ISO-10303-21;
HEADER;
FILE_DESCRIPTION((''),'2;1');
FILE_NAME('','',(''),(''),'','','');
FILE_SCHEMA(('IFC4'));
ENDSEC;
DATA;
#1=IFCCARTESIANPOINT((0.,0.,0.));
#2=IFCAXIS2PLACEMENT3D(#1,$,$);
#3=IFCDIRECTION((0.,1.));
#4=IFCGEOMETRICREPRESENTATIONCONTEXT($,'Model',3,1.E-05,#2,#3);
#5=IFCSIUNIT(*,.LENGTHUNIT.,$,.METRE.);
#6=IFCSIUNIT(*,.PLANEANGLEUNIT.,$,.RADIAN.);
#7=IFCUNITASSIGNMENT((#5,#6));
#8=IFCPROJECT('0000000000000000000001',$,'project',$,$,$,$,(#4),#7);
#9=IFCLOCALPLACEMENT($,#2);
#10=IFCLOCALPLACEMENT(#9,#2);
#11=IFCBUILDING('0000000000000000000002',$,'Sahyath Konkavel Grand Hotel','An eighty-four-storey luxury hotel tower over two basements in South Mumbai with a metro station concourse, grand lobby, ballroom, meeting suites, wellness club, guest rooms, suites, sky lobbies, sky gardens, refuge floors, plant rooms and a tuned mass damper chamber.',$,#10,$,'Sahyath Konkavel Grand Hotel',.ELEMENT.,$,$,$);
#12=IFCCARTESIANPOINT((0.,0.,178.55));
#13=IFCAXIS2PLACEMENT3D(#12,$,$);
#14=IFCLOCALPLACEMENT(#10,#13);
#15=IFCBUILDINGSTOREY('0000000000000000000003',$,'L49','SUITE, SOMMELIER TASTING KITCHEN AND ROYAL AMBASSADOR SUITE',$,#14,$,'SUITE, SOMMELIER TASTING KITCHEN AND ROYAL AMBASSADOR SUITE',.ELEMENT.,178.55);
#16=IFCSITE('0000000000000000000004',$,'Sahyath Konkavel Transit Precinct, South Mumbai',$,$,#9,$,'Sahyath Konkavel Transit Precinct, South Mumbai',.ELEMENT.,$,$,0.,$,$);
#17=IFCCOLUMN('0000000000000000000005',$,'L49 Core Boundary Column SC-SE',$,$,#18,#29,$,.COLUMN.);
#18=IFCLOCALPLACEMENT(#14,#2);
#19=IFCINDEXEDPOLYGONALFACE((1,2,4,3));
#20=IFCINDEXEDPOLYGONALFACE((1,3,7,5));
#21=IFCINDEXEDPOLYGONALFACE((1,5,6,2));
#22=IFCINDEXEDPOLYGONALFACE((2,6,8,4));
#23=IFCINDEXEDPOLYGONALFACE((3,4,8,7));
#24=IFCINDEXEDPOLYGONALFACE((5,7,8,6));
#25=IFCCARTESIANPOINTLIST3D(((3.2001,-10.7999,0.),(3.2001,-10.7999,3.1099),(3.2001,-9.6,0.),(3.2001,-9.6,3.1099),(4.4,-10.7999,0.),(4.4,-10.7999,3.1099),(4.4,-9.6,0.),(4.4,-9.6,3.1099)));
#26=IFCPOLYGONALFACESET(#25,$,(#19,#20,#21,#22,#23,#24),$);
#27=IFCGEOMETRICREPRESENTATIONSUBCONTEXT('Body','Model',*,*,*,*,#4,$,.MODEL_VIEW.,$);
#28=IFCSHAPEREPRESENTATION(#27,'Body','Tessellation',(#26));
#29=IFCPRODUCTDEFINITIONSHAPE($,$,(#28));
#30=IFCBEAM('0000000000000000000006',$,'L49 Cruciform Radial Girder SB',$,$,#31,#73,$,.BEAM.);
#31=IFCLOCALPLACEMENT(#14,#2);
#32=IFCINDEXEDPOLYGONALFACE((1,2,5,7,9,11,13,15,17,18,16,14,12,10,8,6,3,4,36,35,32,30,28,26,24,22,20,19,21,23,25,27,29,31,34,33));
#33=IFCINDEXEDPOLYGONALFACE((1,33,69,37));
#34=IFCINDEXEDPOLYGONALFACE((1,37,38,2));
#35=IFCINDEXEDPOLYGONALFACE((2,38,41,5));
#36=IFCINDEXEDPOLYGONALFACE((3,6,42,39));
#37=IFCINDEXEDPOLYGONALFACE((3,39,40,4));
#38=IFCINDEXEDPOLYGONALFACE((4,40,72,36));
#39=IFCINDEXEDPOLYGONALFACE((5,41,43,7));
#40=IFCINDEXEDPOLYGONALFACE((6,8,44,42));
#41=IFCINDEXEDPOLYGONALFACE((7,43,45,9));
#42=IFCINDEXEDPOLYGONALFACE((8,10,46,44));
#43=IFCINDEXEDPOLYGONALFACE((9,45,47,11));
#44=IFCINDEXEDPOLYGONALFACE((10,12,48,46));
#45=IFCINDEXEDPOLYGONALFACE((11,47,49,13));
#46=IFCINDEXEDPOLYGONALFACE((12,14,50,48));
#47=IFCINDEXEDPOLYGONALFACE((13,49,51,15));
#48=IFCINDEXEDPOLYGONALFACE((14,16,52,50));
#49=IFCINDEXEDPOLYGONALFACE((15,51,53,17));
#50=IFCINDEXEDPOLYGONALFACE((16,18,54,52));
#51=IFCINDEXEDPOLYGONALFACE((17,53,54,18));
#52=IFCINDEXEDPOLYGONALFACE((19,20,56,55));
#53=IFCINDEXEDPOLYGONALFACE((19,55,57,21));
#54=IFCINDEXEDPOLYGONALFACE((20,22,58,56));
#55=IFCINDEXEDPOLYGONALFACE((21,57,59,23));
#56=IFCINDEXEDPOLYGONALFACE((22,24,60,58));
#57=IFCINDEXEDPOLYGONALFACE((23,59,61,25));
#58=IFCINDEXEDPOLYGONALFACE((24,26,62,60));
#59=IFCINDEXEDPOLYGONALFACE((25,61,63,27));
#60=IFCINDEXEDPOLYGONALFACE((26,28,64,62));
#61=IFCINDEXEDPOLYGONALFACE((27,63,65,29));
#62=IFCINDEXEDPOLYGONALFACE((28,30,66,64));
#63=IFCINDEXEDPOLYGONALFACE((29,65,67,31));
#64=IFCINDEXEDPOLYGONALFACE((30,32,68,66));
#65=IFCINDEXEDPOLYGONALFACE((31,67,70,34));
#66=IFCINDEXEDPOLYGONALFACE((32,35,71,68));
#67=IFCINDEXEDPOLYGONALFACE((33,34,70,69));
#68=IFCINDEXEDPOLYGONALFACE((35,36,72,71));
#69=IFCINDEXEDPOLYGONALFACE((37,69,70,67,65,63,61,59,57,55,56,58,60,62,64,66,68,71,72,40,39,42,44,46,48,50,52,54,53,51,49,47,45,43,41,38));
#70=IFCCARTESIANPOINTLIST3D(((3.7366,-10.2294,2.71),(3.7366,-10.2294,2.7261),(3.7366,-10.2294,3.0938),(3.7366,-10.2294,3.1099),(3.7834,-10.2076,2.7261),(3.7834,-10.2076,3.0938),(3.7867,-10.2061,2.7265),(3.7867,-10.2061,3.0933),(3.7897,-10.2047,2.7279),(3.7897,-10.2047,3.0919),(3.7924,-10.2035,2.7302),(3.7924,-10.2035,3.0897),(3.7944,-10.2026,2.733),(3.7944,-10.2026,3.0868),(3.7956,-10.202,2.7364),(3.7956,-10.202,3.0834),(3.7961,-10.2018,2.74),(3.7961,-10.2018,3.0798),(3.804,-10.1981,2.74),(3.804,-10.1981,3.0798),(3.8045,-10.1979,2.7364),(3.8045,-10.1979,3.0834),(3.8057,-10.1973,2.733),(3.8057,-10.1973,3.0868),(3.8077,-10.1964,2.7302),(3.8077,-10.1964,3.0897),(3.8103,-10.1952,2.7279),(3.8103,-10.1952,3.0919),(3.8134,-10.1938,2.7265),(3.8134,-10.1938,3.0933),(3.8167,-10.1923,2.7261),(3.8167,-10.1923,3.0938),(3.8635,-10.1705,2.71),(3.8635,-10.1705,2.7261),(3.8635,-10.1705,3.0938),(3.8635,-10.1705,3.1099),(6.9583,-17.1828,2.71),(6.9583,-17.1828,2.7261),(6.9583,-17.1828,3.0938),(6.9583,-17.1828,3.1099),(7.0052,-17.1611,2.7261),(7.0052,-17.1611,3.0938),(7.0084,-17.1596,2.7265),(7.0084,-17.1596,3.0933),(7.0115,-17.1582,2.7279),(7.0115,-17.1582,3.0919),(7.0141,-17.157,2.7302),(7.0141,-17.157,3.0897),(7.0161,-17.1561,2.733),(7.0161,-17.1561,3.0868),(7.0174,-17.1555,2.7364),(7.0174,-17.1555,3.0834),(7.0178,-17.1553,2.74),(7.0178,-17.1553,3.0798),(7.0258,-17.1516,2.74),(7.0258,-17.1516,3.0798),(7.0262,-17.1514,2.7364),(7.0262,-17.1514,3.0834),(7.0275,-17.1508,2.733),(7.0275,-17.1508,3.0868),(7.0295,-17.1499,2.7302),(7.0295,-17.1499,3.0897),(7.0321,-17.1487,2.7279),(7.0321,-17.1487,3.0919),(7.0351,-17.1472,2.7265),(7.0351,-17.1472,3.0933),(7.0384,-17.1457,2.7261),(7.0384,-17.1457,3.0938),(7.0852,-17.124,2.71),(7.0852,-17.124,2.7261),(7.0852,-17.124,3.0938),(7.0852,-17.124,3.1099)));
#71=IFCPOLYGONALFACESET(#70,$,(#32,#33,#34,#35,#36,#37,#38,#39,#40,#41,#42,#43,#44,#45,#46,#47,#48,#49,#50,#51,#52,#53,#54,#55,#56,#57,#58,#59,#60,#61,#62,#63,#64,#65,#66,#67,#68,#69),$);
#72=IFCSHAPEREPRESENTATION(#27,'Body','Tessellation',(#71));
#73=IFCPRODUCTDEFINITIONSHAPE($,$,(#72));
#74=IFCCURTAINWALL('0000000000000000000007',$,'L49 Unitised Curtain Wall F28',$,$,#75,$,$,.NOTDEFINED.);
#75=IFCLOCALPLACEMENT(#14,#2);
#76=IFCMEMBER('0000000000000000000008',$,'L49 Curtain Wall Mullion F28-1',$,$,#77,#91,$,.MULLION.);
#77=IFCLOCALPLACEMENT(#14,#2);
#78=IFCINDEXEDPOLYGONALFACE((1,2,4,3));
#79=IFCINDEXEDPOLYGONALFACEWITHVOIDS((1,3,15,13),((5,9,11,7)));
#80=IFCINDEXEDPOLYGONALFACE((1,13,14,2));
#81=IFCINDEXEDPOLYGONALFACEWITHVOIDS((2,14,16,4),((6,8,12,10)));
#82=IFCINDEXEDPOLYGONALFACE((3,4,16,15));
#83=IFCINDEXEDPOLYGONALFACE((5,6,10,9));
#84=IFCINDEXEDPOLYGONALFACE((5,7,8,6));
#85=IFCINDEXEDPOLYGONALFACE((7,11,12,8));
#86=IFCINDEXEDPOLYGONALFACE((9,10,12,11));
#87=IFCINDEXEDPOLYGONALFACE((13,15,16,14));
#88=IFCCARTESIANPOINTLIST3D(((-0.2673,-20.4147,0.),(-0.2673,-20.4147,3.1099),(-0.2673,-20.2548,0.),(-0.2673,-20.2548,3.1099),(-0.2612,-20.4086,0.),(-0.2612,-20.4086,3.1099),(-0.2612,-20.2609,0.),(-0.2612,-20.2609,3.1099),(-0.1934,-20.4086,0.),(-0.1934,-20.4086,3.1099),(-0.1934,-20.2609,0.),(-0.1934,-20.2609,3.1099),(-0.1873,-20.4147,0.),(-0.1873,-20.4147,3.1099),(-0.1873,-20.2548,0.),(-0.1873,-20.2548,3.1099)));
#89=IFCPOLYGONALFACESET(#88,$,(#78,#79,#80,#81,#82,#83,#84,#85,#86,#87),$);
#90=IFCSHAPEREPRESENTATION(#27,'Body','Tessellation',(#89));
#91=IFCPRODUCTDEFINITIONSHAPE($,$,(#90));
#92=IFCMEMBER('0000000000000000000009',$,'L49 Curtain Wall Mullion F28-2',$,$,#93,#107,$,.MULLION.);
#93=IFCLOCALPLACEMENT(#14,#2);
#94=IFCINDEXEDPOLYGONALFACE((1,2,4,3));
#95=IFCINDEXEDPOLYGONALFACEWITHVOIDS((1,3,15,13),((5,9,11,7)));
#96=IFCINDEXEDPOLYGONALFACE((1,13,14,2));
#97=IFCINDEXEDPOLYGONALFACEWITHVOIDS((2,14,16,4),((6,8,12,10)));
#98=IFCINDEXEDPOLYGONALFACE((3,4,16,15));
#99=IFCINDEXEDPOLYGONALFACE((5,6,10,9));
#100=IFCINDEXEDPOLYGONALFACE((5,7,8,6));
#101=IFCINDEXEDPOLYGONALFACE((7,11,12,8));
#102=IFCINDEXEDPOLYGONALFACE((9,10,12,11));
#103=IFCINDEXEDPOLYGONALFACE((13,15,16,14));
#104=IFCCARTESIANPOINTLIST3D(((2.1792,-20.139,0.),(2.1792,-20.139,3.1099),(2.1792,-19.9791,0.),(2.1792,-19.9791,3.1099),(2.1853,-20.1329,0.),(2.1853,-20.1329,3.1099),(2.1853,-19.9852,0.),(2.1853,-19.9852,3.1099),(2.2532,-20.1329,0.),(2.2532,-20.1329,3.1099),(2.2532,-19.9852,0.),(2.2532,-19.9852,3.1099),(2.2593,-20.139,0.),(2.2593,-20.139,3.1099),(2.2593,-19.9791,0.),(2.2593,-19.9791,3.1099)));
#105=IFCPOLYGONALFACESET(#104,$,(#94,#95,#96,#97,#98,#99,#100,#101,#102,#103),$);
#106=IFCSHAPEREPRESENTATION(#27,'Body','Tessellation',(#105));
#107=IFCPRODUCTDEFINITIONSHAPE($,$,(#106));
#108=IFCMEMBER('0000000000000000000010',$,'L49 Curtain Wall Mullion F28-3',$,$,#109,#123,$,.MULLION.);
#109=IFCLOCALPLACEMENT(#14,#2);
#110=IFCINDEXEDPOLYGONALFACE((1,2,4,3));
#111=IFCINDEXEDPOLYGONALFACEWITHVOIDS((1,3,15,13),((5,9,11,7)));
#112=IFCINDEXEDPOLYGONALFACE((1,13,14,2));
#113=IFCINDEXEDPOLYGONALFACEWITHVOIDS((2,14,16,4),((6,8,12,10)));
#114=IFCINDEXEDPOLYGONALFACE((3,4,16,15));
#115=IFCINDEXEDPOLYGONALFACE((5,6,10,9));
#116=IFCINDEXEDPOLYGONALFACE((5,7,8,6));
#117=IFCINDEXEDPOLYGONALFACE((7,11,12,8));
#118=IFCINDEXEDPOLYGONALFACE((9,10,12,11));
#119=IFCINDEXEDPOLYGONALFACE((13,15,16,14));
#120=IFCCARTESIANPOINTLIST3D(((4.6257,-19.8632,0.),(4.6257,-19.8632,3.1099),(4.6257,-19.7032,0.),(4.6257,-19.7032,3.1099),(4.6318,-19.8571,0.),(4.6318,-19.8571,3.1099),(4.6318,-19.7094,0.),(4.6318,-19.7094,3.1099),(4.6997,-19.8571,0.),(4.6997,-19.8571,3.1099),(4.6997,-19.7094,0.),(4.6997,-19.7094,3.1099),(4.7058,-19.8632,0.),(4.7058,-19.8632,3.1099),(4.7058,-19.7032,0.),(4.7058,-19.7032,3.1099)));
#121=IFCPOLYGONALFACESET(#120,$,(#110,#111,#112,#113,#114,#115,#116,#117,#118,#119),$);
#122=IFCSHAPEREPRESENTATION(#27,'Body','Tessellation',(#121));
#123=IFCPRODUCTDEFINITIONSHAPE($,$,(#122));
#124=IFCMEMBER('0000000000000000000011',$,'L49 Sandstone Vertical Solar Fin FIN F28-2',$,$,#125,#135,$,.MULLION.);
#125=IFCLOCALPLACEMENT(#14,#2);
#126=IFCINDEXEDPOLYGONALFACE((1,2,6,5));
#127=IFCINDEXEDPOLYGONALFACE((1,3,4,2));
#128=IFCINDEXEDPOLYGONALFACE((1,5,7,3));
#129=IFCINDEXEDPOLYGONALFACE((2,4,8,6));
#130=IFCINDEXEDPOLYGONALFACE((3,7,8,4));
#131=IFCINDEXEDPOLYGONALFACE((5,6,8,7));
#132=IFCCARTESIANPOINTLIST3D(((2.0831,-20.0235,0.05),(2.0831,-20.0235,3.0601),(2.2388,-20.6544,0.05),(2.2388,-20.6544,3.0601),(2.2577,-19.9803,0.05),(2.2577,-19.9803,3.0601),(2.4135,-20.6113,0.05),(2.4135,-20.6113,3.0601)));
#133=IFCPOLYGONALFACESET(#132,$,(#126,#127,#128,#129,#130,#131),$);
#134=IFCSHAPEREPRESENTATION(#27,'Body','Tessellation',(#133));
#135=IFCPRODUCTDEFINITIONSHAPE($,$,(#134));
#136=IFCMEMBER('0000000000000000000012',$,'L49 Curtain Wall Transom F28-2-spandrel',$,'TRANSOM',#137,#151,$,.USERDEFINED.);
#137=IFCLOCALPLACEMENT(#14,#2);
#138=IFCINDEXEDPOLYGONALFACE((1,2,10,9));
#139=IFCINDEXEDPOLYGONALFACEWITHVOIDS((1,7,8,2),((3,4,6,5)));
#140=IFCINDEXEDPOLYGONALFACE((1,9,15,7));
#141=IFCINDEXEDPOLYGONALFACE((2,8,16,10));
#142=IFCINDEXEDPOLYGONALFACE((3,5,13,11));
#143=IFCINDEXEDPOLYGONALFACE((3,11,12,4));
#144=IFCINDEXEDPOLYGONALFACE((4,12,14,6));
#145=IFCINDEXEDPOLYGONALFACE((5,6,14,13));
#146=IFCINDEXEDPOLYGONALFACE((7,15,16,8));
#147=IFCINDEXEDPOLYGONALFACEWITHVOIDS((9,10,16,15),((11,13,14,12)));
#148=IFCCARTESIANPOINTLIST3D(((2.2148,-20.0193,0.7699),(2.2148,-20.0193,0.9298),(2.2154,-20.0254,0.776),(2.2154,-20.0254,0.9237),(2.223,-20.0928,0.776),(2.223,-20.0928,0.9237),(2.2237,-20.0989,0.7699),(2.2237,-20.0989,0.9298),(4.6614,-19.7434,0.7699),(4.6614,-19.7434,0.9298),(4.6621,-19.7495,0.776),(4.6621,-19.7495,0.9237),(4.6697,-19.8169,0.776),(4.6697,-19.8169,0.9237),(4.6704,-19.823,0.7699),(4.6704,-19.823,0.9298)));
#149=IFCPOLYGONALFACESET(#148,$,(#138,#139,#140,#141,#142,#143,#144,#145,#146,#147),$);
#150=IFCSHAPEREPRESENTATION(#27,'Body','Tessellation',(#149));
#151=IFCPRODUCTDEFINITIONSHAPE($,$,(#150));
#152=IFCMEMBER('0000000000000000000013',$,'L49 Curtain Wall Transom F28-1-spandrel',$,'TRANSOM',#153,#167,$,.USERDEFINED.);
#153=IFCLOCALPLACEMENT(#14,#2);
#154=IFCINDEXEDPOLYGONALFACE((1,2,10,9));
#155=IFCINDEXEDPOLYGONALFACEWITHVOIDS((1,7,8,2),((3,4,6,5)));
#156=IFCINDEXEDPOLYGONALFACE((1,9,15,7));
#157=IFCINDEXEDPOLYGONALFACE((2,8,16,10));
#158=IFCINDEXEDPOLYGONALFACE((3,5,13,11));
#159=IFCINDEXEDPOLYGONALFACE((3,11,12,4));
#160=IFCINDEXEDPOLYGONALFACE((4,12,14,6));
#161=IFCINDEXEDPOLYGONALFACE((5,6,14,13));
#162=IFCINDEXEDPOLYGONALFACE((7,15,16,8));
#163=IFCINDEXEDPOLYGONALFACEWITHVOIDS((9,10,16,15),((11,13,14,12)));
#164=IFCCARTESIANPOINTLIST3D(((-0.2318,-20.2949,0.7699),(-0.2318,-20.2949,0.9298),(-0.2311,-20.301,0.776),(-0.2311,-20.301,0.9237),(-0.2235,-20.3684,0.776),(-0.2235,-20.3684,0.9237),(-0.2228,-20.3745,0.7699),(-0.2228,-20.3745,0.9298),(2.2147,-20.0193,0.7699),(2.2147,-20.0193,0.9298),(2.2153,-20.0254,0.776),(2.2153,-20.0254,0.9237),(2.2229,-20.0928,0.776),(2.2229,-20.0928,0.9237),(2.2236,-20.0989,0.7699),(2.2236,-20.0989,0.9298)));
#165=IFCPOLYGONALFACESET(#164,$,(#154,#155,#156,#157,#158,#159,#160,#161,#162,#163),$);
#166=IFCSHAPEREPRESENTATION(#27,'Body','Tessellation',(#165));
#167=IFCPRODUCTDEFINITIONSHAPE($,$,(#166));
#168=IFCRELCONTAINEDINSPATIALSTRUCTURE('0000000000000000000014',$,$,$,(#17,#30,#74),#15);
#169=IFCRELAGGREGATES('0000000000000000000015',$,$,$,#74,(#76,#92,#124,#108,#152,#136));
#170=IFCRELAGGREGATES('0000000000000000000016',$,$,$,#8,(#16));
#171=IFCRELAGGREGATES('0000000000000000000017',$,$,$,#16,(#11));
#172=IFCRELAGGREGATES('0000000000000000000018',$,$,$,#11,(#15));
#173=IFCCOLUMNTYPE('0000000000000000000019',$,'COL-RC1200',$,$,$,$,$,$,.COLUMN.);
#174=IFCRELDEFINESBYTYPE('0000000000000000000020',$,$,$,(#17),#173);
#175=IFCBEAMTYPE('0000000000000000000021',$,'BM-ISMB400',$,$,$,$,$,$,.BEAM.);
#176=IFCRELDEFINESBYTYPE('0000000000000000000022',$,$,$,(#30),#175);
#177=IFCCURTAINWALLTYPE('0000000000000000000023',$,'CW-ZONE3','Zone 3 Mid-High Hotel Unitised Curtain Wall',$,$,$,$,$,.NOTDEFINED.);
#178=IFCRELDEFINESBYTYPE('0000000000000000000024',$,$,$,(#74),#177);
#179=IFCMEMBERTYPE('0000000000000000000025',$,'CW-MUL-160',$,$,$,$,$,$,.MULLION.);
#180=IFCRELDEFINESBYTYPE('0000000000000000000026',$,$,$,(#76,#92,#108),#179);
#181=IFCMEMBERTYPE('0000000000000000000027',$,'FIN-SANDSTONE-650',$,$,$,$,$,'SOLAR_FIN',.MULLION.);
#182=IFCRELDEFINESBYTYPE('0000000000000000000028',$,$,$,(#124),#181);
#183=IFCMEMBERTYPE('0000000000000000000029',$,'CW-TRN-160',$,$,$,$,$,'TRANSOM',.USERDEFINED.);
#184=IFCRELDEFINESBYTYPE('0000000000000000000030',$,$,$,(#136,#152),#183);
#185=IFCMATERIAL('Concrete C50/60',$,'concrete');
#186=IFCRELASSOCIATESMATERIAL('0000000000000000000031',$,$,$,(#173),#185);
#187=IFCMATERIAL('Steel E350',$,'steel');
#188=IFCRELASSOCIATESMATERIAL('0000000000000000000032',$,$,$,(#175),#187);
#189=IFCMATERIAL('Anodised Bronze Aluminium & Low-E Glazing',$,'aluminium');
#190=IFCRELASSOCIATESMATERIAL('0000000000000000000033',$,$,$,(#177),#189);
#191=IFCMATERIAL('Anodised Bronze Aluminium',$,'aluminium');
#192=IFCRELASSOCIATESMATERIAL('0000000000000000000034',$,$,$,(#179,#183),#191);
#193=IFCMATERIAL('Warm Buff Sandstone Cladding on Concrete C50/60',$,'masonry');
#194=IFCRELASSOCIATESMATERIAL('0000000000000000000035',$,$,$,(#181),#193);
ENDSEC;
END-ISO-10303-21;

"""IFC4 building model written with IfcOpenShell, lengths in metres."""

from ifc_helpers import new_model, si_unit, direction, frame, origin, origin_2d, place, context, subcontext, project, spatial, rectangle, hollow_rectangle, i_section, extrude, source, transform, mapped, material, material_profile, profile_set, type_object, element, aggregate, save


model = new_model("IFC4")

# Units and contexts
model_context = context("Model", 3, precision=1e-05, world=origin(), true_north=direction((0.0, 1.0)))
body_context = subcontext(model_context, "Body", "Model", "MODEL_VIEW")
ifc_project = project(units=[si_unit("LENGTHUNIT", "METRE"), si_unit("PLANEANGLEUNIT", "RADIAN")], contexts=[model_context])

# Site, building, storey
site_placement = place(None, origin())
site = spatial("IfcSite", under=ifc_project, at=site_placement, Name="Sahyath Konkavel Transit Precinct, South Mumbai", LongName="Sahyath Konkavel Transit Precinct, South Mumbai", CompositionType="ELEMENT", RefElevation=0.0)
building_placement = place(site_placement, origin())
building = spatial("IfcBuilding", under=site, at=building_placement, Name="Sahyath Konkavel Grand Hotel", Description="An eighty-four-storey luxury hotel tower over two basements in South Mumbai with a metro station concourse, grand lobby, ballroom, meeting suites, wellness club, guest rooms, suites, sky lobbies, sky gardens, refuge floors, plant rooms and a tuned mass damper chamber.", LongName="Sahyath Konkavel Grand Hotel", CompositionType="ELEMENT")
storey_placement = place(building_placement, frame((0.0, 0.0, 178.55)))
storey = spatial("IfcBuildingStorey", under=building, at=storey_placement, Name="L49", Description="SUITE, SOMMELIER TASTING KITCHEN AND ROYAL AMBASSADOR SUITE", LongName="SUITE, SOMMELIER TASTING KITCHEN AND ROYAL AMBASSADOR SUITE", CompositionType="ELEMENT", Elevation=178.55)

# Column
ifc_material_1 = material(Name="Concrete C50/60", Category="concrete")
ifc_material_profile_1 = material_profile(ifc_material_1, rectangle(XDim=1.2, YDim=1.2, at=origin_2d()), Name="RC 1200x1200")
ifc_profile_set_1 = profile_set([ifc_material_profile_1], Name="Concrete C50/60")
column_type = type_object("IfcColumnType", Name="COL-RC1200", PredefinedType="COLUMN", material=ifc_profile_set_1)
shared_shape_1 = source(origin(), body_context, "Body", "SweptSolid", [
    extrude(rectangle(XDim=1.2, YDim=1.2, at=origin_2d()), origin(), (0.0, 0.0, 1.0), 3.1099),
])
column_placement = place(storey_placement, frame((3.8, -10.2, 0.0), z_axis=(0.0, 0.0, 1.0), x_axis=(1.0, 0.0, 0.0)))
element("IfcColumn", 1, at=column_placement, inside=storey, type_object=column_type, Name="L49 Core Boundary Column SC-SE", PredefinedType="COLUMN", context=body_context, shape_type="MappedRepresentation", body=[
    mapped(shared_shape_1, transform((0.0, 0.0, 0.0), scale=1.0)),
])

# Beam
ifc_material_2 = material(Name="Steel E350", Category="steel")
ifc_material_profile_2 = material_profile(ifc_material_2, i_section(OverallWidth=0.1399, OverallDepth=0.3999, WebThickness=0.0088, FlangeThickness=0.0161, FilletRadius=0.0139, at=origin_2d()), Name="ISMB 400")
ifc_profile_set_2 = profile_set([ifc_material_profile_2], Name="Steel E350")
beam_type_1 = type_object("IfcBeamType", Name="BM-ISMB400", PredefinedType="BEAM", material=ifc_profile_set_2)
shared_shape_2 = source(origin(), body_context, "Body", "SweptSolid", [
    extrude(i_section(OverallWidth=0.1399, OverallDepth=0.3999, WebThickness=0.0088, FlangeThickness=0.0161, FilletRadius=0.0139, at=origin_2d()), origin(), (0.0, 0.0, 1.0), 7.6636),
])
beam_1_placement = place(storey_placement, frame((3.8, -10.2, 2.9099), z_axis=(0.420395, -0.907341, 0.0), x_axis=(0.907341, 0.420395, 0.0)))
element("IfcBeam", 2, at=beam_1_placement, inside=storey, type_object=beam_type_1, Name="L49 Cruciform Radial Girder SB", PredefinedType="BEAM", context=body_context, shape_type="MappedRepresentation", body=[
    mapped(shared_shape_2, transform((0.0, 0.0, 0.0), scale=1.0)),
])

# Curtain wall, members
ifc_material_3 = material(Name="Anodised Bronze Aluminium & Low-E Glazing", Category="aluminium")
curtain_wall_type = type_object("IfcCurtainWallType", Name="CW-ZONE3", Description="Zone 3 Mid-High Hotel Unitised Curtain Wall", PredefinedType="NOTDEFINED", material=ifc_material_3)
curtain_wall_placement = place(storey_placement, origin())
curtain_wall = element("IfcCurtainWall", 3, at=curtain_wall_placement, inside=storey, type_object=curtain_wall_type, Name="L49 Unitised Curtain Wall F28", PredefinedType="NOTDEFINED")
ifc_material_4 = material(Name="Anodised Bronze Aluminium", Category="aluminium")
ifc_material_profile_3 = material_profile(ifc_material_4, hollow_rectangle(XDim=0.0801, YDim=0.1599, WallThickness=0.0061, at=origin_2d()), Name="RHS 160x80x6")
ifc_profile_set_3 = profile_set([ifc_material_profile_3], Name="Anodised Bronze Aluminium")
member_type_1 = type_object("IfcMemberType", Name="CW-MUL-160", PredefinedType="MULLION", material=ifc_profile_set_3)
shared_shape_3 = source(origin(), body_context, "Body", "SweptSolid", [
    extrude(hollow_rectangle(XDim=0.0801, YDim=0.1599, WallThickness=0.0061, at=origin_2d()), origin(), (0.0, 0.0, 1.0), 3.1099),
])
member_1_placement = place(storey_placement, frame((-0.2273, -20.3347, 0.0), z_axis=(0.0, 0.0, 1.0), x_axis=(1.0, 0.0, 0.0)))
member_1 = element("IfcMember", 4, at=member_1_placement, type_object=member_type_1, Name="L49 Curtain Wall Mullion F28-1", PredefinedType="MULLION", context=body_context, shape_type="MappedRepresentation", body=[
    mapped(shared_shape_3, transform((0.0, 0.0, 0.0), scale=1.0)),
])
member_2_placement = place(storey_placement, frame((2.2192, -20.0591, 0.0), z_axis=(0.0, 0.0, 1.0), x_axis=(1.0, 0.0, 0.0)))
member_2 = element("IfcMember", 5, at=member_2_placement, type_object=member_type_1, Name="L49 Curtain Wall Mullion F28-2", PredefinedType="MULLION", context=body_context, shape_type="MappedRepresentation", body=[
    mapped(shared_shape_3, transform((0.0, 0.0, 0.0), scale=1.0)),
])
member_3_placement = place(storey_placement, frame((4.6658, -19.7832, 0.0), z_axis=(0.0, 0.0, 1.0), x_axis=(1.0, 0.0, 0.0)))
member_3 = element("IfcMember", 6, at=member_3_placement, type_object=member_type_1, Name="L49 Curtain Wall Mullion F28-3", PredefinedType="MULLION", context=body_context, shape_type="MappedRepresentation", body=[
    mapped(shared_shape_3, transform((0.0, 0.0, 0.0), scale=1.0)),
])
ifc_material_5 = material(Name="Warm Buff Sandstone Cladding on Concrete C50/60", Category="masonry")
ifc_material_profile_4 = material_profile(ifc_material_5, rectangle(XDim=0.1799, YDim=0.6499, at=origin_2d()), Name="FIN 180x650")
ifc_profile_set_4 = profile_set([ifc_material_profile_4], Name="Warm Buff Sandstone Cladding on Concrete C50/60")
member_type_2 = type_object("IfcMemberType", Name="FIN-SANDSTONE-650", ElementType="SOLAR_FIN", PredefinedType="MULLION", material=ifc_profile_set_4)
shared_shape_4 = source(origin(), body_context, "Body", "SweptSolid", [
    extrude(rectangle(XDim=0.1799, YDim=0.6499, at=origin_2d()), origin(), (0.0, 0.0, 1.0), 3.01),
])
member_4_placement = place(storey_placement, frame((2.2483, -20.3174, 0.05), z_axis=(0.0, 0.0, 1.0), x_axis=(0.970842, 0.23972, 0.0)))
member_4 = element("IfcMember", 7, at=member_4_placement, type_object=member_type_2, Name="L49 Sandstone Vertical Solar Fin FIN F28-2", PredefinedType="MULLION", context=body_context, shape_type="MappedRepresentation", body=[
    mapped(shared_shape_4, transform((0.0, 0.0, 0.0), scale=1.0)),
])
ifc_material_profile_5 = material_profile(ifc_material_4, hollow_rectangle(XDim=0.0801, YDim=0.1599, WallThickness=0.0061, at=origin_2d()), Name="RHS 160x80x6")
ifc_profile_set_5 = profile_set([ifc_material_profile_5], Name="Anodised Bronze Aluminium")
member_type_3 = type_object("IfcMemberType", Name="CW-TRN-160", ElementType="TRANSOM", PredefinedType="USERDEFINED", material=ifc_profile_set_5)
shared_shape_5 = source(origin(), body_context, "Body", "SweptSolid", [
    extrude(hollow_rectangle(XDim=0.0801, YDim=0.1599, WallThickness=0.0061, at=origin_2d()), origin(), (0.0, 0.0, 1.0), 2.4622),
])
member_5_placement = place(storey_placement, frame((2.2192, -20.0591, 0.8499), z_axis=(0.993702, 0.112053, 0.0), x_axis=(-0.112053, 0.993702, 0.0)))
member_5 = element("IfcMember", 8, at=member_5_placement, type_object=member_type_3, Name="L49 Curtain Wall Transom F28-2-spandrel", ObjectType="TRANSOM", PredefinedType="USERDEFINED", context=body_context, shape_type="MappedRepresentation", body=[
    mapped(shared_shape_5, transform((0.0, 0.0, 0.0), scale=1.0)),
])
shared_shape_6 = source(origin(), body_context, "Body", "SweptSolid", [
    extrude(hollow_rectangle(XDim=0.0801, YDim=0.1599, WallThickness=0.0061, at=origin_2d()), origin(), (0.0, 0.0, 1.0), 2.4619),
])
member_6_placement = place(storey_placement, frame((-0.2273, -20.3347, 0.8499), z_axis=(0.993713, 0.111955, 0.0), x_axis=(-0.111955, 0.993713, 0.0)))
member_6 = element("IfcMember", 9, at=member_6_placement, type_object=member_type_3, Name="L49 Curtain Wall Transom F28-1-spandrel", ObjectType="TRANSOM", PredefinedType="USERDEFINED", context=body_context, shape_type="MappedRepresentation", body=[
    mapped(shared_shape_6, transform((0.0, 0.0, 0.0), scale=1.0)),
])

aggregate(curtain_wall, [member_1, member_2, member_4, member_3, member_6, member_5])

save(model, "model.ifc")
